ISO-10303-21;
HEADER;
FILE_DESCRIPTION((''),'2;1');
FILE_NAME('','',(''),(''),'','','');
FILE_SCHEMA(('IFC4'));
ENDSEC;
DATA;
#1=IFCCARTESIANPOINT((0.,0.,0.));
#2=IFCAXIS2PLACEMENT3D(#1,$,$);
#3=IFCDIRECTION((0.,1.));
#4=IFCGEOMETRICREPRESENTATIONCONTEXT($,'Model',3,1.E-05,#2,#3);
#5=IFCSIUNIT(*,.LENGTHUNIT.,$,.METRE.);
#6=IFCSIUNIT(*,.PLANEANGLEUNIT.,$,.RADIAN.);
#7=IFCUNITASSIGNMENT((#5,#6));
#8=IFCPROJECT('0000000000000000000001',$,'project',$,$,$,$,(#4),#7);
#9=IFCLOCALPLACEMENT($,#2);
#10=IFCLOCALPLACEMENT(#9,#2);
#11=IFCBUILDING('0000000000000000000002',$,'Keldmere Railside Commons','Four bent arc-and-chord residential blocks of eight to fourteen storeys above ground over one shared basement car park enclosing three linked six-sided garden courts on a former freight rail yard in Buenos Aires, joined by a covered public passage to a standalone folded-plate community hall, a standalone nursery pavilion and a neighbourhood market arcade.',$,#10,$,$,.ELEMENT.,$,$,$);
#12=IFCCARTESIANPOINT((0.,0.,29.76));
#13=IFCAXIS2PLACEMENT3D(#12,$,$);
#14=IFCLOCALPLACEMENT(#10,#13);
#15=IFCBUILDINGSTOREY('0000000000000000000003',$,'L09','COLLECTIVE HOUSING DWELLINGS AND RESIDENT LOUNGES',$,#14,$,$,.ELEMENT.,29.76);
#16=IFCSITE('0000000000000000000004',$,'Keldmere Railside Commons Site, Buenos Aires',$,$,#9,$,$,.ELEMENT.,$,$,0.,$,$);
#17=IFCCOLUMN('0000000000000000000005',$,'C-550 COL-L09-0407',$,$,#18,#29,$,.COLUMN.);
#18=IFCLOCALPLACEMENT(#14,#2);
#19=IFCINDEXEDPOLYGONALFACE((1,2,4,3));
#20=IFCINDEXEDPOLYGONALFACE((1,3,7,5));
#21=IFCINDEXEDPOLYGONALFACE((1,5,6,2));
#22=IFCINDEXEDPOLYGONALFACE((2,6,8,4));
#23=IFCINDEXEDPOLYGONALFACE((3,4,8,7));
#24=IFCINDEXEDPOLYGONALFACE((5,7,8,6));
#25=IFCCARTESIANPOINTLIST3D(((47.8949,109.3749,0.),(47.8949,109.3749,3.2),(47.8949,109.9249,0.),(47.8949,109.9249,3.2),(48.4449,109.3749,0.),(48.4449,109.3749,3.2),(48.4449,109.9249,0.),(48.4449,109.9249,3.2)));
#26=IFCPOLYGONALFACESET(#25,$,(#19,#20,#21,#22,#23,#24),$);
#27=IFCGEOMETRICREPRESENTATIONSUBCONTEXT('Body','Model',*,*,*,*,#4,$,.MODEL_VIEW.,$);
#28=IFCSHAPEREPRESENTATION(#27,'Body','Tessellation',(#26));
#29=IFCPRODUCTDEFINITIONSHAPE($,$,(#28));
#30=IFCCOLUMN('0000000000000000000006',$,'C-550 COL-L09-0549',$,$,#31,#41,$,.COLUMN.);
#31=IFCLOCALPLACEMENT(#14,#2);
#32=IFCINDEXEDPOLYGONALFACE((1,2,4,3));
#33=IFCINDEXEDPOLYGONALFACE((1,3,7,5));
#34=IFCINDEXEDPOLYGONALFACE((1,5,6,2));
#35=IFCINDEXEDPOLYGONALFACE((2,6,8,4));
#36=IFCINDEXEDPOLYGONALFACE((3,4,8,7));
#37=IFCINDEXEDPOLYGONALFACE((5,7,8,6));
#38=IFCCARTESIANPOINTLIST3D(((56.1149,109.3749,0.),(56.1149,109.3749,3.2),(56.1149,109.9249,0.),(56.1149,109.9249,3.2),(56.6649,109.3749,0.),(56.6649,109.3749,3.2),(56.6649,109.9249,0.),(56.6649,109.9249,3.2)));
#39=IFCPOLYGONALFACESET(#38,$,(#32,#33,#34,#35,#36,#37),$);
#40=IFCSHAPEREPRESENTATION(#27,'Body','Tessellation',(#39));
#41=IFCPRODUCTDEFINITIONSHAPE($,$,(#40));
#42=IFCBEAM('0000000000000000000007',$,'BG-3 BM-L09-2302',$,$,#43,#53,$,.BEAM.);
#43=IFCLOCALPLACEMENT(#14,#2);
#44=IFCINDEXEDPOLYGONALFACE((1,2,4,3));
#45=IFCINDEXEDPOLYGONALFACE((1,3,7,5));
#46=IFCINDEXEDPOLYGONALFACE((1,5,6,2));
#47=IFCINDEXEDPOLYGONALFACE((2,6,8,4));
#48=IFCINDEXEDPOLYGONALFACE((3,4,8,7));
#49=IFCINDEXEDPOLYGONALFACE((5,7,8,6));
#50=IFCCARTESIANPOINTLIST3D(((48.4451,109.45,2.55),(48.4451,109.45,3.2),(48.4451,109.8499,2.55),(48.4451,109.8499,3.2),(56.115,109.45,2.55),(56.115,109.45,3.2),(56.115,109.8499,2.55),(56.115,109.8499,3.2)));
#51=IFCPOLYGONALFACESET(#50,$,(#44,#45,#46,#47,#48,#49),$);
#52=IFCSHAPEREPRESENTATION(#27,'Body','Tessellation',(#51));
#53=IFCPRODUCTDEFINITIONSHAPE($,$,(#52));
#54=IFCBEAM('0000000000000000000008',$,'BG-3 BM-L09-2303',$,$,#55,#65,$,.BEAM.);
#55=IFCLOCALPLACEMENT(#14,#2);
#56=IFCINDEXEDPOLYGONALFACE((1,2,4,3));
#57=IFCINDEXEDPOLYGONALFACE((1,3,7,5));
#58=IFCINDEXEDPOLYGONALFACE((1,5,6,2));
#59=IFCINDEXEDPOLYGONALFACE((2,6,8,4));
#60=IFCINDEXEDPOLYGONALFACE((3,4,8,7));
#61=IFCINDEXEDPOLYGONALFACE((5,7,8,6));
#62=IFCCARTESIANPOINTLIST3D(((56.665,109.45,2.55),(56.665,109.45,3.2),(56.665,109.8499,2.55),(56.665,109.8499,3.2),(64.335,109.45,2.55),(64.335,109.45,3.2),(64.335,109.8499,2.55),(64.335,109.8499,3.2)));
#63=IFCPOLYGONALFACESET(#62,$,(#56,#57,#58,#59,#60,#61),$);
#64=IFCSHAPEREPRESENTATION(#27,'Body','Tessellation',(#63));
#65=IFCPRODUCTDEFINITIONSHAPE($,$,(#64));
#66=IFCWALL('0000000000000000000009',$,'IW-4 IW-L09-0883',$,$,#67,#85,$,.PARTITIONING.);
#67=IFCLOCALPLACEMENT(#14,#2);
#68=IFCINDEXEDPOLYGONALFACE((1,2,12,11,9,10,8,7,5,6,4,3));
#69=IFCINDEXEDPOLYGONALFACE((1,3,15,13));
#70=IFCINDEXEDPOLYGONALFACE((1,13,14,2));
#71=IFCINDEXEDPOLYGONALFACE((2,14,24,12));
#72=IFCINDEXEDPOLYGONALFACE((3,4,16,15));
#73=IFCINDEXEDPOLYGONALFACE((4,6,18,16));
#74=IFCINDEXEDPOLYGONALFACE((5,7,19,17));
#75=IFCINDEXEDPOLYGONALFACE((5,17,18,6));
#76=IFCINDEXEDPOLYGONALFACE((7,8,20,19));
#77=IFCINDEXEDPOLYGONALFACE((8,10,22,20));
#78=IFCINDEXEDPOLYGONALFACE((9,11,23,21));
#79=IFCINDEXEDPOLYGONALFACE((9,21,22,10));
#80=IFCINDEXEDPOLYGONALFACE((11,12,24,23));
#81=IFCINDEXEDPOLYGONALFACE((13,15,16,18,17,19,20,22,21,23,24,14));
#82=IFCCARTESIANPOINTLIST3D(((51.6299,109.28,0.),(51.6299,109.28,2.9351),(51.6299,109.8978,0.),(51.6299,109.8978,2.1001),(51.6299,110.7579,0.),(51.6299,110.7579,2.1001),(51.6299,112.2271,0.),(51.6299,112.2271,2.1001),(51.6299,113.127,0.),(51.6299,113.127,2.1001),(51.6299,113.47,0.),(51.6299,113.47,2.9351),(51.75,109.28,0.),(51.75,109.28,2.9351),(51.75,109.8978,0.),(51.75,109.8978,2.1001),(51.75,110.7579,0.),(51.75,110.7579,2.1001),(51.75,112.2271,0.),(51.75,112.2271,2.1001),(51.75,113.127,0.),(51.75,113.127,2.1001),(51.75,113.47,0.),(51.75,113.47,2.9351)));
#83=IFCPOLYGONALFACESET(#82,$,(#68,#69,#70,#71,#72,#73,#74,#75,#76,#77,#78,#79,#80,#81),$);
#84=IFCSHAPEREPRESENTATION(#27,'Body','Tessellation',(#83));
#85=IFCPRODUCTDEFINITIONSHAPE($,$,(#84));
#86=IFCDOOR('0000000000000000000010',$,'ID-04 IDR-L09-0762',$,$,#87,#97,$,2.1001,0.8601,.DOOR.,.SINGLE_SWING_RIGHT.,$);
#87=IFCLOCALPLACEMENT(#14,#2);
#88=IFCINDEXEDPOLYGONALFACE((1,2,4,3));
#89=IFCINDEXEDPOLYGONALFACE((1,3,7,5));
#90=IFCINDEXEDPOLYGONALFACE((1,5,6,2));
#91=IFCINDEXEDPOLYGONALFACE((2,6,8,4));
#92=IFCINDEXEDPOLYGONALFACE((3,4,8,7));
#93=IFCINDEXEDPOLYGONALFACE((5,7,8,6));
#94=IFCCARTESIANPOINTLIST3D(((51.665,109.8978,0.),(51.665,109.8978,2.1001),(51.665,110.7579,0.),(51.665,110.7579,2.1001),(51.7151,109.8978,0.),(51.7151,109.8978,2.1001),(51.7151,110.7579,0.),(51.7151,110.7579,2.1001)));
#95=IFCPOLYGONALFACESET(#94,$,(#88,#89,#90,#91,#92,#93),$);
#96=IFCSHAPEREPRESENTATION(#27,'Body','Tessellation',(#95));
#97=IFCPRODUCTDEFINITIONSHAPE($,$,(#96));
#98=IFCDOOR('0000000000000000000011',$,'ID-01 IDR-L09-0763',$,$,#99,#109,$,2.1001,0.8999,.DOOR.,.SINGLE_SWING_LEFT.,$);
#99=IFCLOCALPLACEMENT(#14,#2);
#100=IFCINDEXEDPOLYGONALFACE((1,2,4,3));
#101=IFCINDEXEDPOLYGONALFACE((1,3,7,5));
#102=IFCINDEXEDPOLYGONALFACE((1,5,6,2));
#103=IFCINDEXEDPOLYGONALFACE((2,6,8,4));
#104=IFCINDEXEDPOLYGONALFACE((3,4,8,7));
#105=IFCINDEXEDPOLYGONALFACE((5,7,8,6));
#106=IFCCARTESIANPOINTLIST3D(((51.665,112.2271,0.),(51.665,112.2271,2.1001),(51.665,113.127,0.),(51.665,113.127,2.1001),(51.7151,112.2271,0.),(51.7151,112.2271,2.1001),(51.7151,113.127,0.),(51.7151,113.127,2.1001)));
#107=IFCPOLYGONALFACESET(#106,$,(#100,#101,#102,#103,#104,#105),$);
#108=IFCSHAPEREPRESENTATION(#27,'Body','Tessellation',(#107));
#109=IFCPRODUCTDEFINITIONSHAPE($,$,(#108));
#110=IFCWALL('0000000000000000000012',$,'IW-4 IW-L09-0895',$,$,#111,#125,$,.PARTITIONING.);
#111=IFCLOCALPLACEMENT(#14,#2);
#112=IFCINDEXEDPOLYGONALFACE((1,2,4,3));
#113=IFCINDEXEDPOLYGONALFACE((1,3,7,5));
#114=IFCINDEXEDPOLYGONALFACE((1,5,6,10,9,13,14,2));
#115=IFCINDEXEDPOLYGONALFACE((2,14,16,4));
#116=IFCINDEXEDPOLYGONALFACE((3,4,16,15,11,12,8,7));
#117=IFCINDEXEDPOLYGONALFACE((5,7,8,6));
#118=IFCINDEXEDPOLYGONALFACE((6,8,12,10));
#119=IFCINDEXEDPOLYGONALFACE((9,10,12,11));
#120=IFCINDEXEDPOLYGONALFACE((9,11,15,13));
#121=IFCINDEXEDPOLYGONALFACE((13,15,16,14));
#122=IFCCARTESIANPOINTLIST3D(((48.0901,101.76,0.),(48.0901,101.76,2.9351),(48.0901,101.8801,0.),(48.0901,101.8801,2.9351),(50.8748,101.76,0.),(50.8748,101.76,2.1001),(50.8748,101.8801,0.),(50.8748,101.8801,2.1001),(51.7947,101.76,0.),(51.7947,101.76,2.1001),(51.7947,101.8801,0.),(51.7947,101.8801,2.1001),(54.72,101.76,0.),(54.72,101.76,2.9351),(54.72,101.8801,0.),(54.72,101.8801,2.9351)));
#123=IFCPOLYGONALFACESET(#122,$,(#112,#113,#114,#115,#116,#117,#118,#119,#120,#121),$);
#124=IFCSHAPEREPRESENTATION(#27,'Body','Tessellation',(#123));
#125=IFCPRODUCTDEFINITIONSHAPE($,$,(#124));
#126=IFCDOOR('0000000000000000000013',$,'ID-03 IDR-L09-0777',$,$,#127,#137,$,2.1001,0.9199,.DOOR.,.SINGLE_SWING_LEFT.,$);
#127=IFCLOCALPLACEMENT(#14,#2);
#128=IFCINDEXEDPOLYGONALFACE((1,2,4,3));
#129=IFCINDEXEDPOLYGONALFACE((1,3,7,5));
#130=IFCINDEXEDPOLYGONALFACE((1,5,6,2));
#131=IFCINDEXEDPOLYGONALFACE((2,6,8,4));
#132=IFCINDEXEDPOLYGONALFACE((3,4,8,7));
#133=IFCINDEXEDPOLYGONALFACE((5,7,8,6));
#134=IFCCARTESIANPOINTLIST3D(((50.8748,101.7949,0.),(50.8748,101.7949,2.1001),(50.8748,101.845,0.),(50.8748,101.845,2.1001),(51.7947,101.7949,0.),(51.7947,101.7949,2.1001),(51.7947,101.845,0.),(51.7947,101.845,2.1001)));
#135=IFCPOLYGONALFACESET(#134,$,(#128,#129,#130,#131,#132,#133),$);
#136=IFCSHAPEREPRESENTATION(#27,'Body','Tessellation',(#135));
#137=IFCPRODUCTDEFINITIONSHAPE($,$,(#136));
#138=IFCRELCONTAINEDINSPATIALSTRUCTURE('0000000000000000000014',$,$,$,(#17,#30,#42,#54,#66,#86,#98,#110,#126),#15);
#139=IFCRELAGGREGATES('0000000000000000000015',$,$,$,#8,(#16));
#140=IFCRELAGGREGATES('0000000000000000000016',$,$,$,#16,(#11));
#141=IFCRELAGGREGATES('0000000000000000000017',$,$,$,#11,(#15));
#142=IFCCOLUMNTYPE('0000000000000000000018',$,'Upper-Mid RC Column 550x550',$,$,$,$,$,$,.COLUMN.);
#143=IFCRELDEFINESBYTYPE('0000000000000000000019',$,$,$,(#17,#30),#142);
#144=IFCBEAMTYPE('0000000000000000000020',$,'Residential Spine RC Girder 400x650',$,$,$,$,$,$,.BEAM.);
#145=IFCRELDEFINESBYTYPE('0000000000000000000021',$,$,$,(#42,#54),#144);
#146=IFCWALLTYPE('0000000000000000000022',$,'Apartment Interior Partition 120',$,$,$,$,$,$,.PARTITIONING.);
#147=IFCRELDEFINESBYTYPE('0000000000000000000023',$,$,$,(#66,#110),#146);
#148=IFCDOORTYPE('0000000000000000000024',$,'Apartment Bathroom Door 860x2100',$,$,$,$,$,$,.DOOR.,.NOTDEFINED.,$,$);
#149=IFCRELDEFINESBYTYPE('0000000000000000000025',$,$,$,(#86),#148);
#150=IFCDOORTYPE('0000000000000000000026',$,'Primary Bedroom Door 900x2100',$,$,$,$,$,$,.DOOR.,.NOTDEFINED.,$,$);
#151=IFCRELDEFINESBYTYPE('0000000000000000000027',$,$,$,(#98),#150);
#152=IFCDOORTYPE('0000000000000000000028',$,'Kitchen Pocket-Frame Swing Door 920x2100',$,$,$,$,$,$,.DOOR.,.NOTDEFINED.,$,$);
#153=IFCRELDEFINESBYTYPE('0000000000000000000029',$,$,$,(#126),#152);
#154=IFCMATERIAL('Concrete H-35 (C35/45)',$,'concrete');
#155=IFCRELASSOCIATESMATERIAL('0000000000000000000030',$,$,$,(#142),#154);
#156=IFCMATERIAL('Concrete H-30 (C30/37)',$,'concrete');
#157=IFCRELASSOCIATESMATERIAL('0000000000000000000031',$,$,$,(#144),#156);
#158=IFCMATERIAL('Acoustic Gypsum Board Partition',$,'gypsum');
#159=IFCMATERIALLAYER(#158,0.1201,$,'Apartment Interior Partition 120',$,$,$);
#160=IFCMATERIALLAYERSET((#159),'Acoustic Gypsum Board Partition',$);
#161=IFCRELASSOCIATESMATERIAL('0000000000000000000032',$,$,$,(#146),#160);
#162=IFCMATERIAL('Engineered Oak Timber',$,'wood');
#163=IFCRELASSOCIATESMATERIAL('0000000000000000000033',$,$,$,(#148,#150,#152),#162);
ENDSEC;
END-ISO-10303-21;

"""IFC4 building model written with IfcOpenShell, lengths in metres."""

from ifc_helpers import new_model, si_unit, direction, frame, frame_2d, origin, origin_2d, place, context, subcontext, project, spatial, rectangle, extrude, material, layer, layer_set, material_profile, profile_set, type_object, element, fill, save


model = new_model("IFC4")

# Units and contexts
model_context = context("Model", 3, precision=1e-05, world=origin(), true_north=direction((0.0, 1.0)))
body_context = subcontext(model_context, "Body", "Model", "MODEL_VIEW")
ifc_project = project(units=[si_unit("LENGTHUNIT", "METRE"), si_unit("PLANEANGLEUNIT", "RADIAN")], contexts=[model_context])

# Site, building, storey
site_placement = place(None, origin())
site = spatial("IfcSite", under=ifc_project, at=site_placement, Name="Keldmere Railside Commons Site, Buenos Aires", CompositionType="ELEMENT", RefElevation=0.0)
building_placement = place(site_placement, origin())
building = spatial("IfcBuilding", under=site, at=building_placement, Name="Keldmere Railside Commons", Description="Four bent arc-and-chord residential blocks of eight to fourteen storeys above ground over one shared basement car park enclosing three linked six-sided garden courts on a former freight rail yard in Buenos Aires, joined by a covered public passage to a standalone folded-plate community hall, a standalone nursery pavilion and a neighbourhood market arcade.", CompositionType="ELEMENT")
storey_placement = place(building_placement, frame((0.0, 0.0, 29.76)))
storey = spatial("IfcBuildingStorey", under=building, at=storey_placement, Name="L09", Description="COLLECTIVE HOUSING DWELLINGS AND RESIDENT LOUNGES", CompositionType="ELEMENT", Elevation=29.76)

# Columns
ifc_material_1 = material(Name="Concrete H-35 (C35/45)", Category="concrete")
ifc_material_profile_1 = material_profile(ifc_material_1, rectangle(XDim=0.55, YDim=0.55, at=origin_2d()), Name="RC-550x550")
ifc_profile_set_1 = profile_set([ifc_material_profile_1], Name="Concrete H-35 (C35/45)")
column_type = type_object("IfcColumnType", Name="Upper-Mid RC Column 550x550", PredefinedType="COLUMN", material=ifc_profile_set_1)
for number, where, z_axis, x_axis, name in (
    (1, (48.1699, 109.6499, 0.0), (0.0, 0.0, 1.0), (1.0, 0.0, 0.0), "C-550 COL-L09-0407"),
    (2, (56.3899, 109.6499, 0.0), (0.0, 0.0, 1.0), (1.0, 0.0, 0.0), "C-550 COL-L09-0549"),
):
    element("IfcColumn", number, at=place(storey_placement, frame(where, z_axis=z_axis, x_axis=x_axis)), inside=storey, type_object=column_type, Name=name, PredefinedType="COLUMN", context=body_context, shape_type="SweptSolid", body=[
        extrude(rectangle(XDim=0.55, YDim=0.55, at=origin_2d()), origin(), (0.0, 0.0, 1.0), 3.2),
    ])

# Beams
ifc_material_2 = material(Name="Concrete H-30 (C30/37)", Category="concrete")
ifc_material_profile_2 = material_profile(ifc_material_2, rectangle(XDim=0.3999, YDim=0.6499, at=origin_2d()), Name="RC-400x650")
ifc_profile_set_2 = profile_set([ifc_material_profile_2], Name="Concrete H-30 (C30/37)")
beam_type = type_object("IfcBeamType", Name="Residential Spine RC Girder 400x650", PredefinedType="BEAM", material=ifc_profile_set_2)
for number, where, z_axis, x_axis, name in (
    (3, (48.4451, 109.6499, 2.875), (1.0, 0.0, 0.0), (0.0, 1.0, 0.0), "BG-3 BM-L09-2302"),
    (4, (56.665, 109.6499, 2.875), (1.0, 0.0, 0.0), (0.0, 1.0, 0.0), "BG-3 BM-L09-2303"),
):
    element("IfcBeam", number, at=place(storey_placement, frame(where, z_axis=z_axis, x_axis=x_axis)), inside=storey, type_object=beam_type, Name=name, PredefinedType="BEAM", context=body_context, shape_type="SweptSolid", body=[
        extrude(rectangle(XDim=0.3999, YDim=0.6499, at=origin_2d()), origin(), (0.0, 0.0, 1.0), 7.6699),
    ])

# Wall, openings, doors
ifc_material_3 = material(Name="Acoustic Gypsum Board Partition", Category="gypsum")
ifc_layer_1 = layer(ifc_material_3, 0.1201, Name="Apartment Interior Partition 120")
ifc_layer_set_1 = layer_set([ifc_layer_1], Name="Acoustic Gypsum Board Partition")
wall_type_1 = type_object("IfcWallType", Name="Apartment Interior Partition 120", PredefinedType="PARTITIONING", material=ifc_layer_set_1)
wall_1_placement = place(storey_placement, frame((51.6899, 109.28, 0.0), z_axis=(0.0, 0.0, 1.0), x_axis=(0.0, 1.0, 0.0)))
wall_1 = element("IfcWall", 5, at=wall_1_placement, inside=storey, type_object=wall_type_1, Name="IW-4 IW-L09-0883", PredefinedType="PARTITIONING", context=body_context, shape_type="SweptSolid", body=[
    extrude(rectangle(XDim=4.1899, YDim=0.1201, at=frame_2d((2.095, 0.0))), origin(), (0.0, 0.0, 1.0), 2.9351),
])
opening_1_placement = place(wall_1_placement, frame((0.6177, 0.0, 0.0)))
opening_1 = element("IfcOpeningElement", 6, at=opening_1_placement, cuts=wall_1, PredefinedType="OPENING", context=body_context, shape_type="SweptSolid", body=[
    extrude(rectangle(XDim=0.8601, YDim=2.1001, at=frame_2d((0.4302, 1.05))), frame((0.0, 0.0701, 0.0), z_axis=(0.0, -1.0, 0.0), x_axis=(1.0, 0.0, 0.0)), (0.0, 0.0, 1.0), 0.1401),
])
opening_2_placement = place(wall_1_placement, frame((2.947, 0.0, 0.0)))
opening_2 = element("IfcOpeningElement", 7, at=opening_2_placement, cuts=wall_1, PredefinedType="OPENING", context=body_context, shape_type="SweptSolid", body=[
    extrude(rectangle(XDim=0.8999, YDim=2.1001, at=frame_2d((0.45, 1.05))), frame((0.0, 0.0701, 0.0), z_axis=(0.0, -1.0, 0.0), x_axis=(1.0, 0.0, 0.0)), (0.0, 0.0, 1.0), 0.1401),
])
ifc_material_4 = material(Name="Engineered Oak Timber", Category="wood")
door_type_1 = type_object("IfcDoorType", Name="Apartment Bathroom Door 860x2100", OperationType="NOTDEFINED", PredefinedType="DOOR", material=ifc_material_4)
door_1_placement = place(opening_1_placement, origin())
door_1 = element("IfcDoor", 8, at=door_1_placement, inside=storey, type_object=door_type_1, Name="ID-04 IDR-L09-0762", OperationType="SINGLE_SWING_RIGHT", OverallHeight=2.1001, OverallWidth=0.8601, PredefinedType="DOOR", context=body_context, shape_type="SweptSolid", body=[
    extrude(rectangle(XDim=0.8601, YDim=2.1001, at=frame_2d((0.4302, 1.05))), frame((0.0, 0.0249, 0.0), z_axis=(0.0, -1.0, 0.0), x_axis=(1.0, 0.0, 0.0)), (0.0, 0.0, 1.0), 0.05),
])
fill(opening_1, door_1)
door_type_2 = type_object("IfcDoorType", Name="Primary Bedroom Door 900x2100", OperationType="NOTDEFINED", PredefinedType="DOOR", material=ifc_material_4)
door_2_placement = place(opening_2_placement, origin())
door_2 = element("IfcDoor", 9, at=door_2_placement, inside=storey, type_object=door_type_2, Name="ID-01 IDR-L09-0763", OperationType="SINGLE_SWING_LEFT", OverallHeight=2.1001, OverallWidth=0.8999, PredefinedType="DOOR", context=body_context, shape_type="SweptSolid", body=[
    extrude(rectangle(XDim=0.8999, YDim=2.1001, at=frame_2d((0.45, 1.05))), frame((0.0, 0.0249, 0.0), z_axis=(0.0, -1.0, 0.0), x_axis=(1.0, 0.0, 0.0)), (0.0, 0.0, 1.0), 0.05),
])
fill(opening_2, door_2)

# Wall, opening, door
wall_2_placement = place(storey_placement, frame((48.0901, 101.8201, 0.0), z_axis=(0.0, 0.0, 1.0), x_axis=(1.0, 0.0, 0.0)))
wall_2 = element("IfcWall", 10, at=wall_2_placement, inside=storey, type_object=wall_type_1, Name="IW-4 IW-L09-0895", PredefinedType="PARTITIONING", context=body_context, shape_type="SweptSolid", body=[
    extrude(rectangle(XDim=6.6299, YDim=0.1201, at=frame_2d((3.3149, 0.0))), origin(), (0.0, 0.0, 1.0), 2.9351),
])
opening_3_placement = place(wall_2_placement, frame((2.7847, 0.0, 0.0)))
opening_3 = element("IfcOpeningElement", 11, at=opening_3_placement, cuts=wall_2, PredefinedType="OPENING", context=body_context, shape_type="SweptSolid", body=[
    extrude(rectangle(XDim=0.9199, YDim=2.1001, at=frame_2d((0.46, 1.05))), frame((0.0, 0.0701, 0.0), z_axis=(0.0, -1.0, 0.0), x_axis=(1.0, 0.0, 0.0)), (0.0, 0.0, 1.0), 0.1401),
])
door_type_3 = type_object("IfcDoorType", Name="Kitchen Pocket-Frame Swing Door 920x2100", OperationType="NOTDEFINED", PredefinedType="DOOR", material=ifc_material_4)
door_3_placement = place(opening_3_placement, origin())
door_3 = element("IfcDoor", 12, at=door_3_placement, inside=storey, type_object=door_type_3, Name="ID-03 IDR-L09-0777", OperationType="SINGLE_SWING_LEFT", OverallHeight=2.1001, OverallWidth=0.9199, PredefinedType="DOOR", context=body_context, shape_type="SweptSolid", body=[
    extrude(rectangle(XDim=0.9199, YDim=2.1001, at=frame_2d((0.46, 1.05))), frame((0.0, 0.0249, 0.0), z_axis=(0.0, -1.0, 0.0), x_axis=(1.0, 0.0, 0.0)), (0.0, 0.0, 1.0), 0.05),
])
fill(opening_3, door_3)

save(model, "model.ifc")
